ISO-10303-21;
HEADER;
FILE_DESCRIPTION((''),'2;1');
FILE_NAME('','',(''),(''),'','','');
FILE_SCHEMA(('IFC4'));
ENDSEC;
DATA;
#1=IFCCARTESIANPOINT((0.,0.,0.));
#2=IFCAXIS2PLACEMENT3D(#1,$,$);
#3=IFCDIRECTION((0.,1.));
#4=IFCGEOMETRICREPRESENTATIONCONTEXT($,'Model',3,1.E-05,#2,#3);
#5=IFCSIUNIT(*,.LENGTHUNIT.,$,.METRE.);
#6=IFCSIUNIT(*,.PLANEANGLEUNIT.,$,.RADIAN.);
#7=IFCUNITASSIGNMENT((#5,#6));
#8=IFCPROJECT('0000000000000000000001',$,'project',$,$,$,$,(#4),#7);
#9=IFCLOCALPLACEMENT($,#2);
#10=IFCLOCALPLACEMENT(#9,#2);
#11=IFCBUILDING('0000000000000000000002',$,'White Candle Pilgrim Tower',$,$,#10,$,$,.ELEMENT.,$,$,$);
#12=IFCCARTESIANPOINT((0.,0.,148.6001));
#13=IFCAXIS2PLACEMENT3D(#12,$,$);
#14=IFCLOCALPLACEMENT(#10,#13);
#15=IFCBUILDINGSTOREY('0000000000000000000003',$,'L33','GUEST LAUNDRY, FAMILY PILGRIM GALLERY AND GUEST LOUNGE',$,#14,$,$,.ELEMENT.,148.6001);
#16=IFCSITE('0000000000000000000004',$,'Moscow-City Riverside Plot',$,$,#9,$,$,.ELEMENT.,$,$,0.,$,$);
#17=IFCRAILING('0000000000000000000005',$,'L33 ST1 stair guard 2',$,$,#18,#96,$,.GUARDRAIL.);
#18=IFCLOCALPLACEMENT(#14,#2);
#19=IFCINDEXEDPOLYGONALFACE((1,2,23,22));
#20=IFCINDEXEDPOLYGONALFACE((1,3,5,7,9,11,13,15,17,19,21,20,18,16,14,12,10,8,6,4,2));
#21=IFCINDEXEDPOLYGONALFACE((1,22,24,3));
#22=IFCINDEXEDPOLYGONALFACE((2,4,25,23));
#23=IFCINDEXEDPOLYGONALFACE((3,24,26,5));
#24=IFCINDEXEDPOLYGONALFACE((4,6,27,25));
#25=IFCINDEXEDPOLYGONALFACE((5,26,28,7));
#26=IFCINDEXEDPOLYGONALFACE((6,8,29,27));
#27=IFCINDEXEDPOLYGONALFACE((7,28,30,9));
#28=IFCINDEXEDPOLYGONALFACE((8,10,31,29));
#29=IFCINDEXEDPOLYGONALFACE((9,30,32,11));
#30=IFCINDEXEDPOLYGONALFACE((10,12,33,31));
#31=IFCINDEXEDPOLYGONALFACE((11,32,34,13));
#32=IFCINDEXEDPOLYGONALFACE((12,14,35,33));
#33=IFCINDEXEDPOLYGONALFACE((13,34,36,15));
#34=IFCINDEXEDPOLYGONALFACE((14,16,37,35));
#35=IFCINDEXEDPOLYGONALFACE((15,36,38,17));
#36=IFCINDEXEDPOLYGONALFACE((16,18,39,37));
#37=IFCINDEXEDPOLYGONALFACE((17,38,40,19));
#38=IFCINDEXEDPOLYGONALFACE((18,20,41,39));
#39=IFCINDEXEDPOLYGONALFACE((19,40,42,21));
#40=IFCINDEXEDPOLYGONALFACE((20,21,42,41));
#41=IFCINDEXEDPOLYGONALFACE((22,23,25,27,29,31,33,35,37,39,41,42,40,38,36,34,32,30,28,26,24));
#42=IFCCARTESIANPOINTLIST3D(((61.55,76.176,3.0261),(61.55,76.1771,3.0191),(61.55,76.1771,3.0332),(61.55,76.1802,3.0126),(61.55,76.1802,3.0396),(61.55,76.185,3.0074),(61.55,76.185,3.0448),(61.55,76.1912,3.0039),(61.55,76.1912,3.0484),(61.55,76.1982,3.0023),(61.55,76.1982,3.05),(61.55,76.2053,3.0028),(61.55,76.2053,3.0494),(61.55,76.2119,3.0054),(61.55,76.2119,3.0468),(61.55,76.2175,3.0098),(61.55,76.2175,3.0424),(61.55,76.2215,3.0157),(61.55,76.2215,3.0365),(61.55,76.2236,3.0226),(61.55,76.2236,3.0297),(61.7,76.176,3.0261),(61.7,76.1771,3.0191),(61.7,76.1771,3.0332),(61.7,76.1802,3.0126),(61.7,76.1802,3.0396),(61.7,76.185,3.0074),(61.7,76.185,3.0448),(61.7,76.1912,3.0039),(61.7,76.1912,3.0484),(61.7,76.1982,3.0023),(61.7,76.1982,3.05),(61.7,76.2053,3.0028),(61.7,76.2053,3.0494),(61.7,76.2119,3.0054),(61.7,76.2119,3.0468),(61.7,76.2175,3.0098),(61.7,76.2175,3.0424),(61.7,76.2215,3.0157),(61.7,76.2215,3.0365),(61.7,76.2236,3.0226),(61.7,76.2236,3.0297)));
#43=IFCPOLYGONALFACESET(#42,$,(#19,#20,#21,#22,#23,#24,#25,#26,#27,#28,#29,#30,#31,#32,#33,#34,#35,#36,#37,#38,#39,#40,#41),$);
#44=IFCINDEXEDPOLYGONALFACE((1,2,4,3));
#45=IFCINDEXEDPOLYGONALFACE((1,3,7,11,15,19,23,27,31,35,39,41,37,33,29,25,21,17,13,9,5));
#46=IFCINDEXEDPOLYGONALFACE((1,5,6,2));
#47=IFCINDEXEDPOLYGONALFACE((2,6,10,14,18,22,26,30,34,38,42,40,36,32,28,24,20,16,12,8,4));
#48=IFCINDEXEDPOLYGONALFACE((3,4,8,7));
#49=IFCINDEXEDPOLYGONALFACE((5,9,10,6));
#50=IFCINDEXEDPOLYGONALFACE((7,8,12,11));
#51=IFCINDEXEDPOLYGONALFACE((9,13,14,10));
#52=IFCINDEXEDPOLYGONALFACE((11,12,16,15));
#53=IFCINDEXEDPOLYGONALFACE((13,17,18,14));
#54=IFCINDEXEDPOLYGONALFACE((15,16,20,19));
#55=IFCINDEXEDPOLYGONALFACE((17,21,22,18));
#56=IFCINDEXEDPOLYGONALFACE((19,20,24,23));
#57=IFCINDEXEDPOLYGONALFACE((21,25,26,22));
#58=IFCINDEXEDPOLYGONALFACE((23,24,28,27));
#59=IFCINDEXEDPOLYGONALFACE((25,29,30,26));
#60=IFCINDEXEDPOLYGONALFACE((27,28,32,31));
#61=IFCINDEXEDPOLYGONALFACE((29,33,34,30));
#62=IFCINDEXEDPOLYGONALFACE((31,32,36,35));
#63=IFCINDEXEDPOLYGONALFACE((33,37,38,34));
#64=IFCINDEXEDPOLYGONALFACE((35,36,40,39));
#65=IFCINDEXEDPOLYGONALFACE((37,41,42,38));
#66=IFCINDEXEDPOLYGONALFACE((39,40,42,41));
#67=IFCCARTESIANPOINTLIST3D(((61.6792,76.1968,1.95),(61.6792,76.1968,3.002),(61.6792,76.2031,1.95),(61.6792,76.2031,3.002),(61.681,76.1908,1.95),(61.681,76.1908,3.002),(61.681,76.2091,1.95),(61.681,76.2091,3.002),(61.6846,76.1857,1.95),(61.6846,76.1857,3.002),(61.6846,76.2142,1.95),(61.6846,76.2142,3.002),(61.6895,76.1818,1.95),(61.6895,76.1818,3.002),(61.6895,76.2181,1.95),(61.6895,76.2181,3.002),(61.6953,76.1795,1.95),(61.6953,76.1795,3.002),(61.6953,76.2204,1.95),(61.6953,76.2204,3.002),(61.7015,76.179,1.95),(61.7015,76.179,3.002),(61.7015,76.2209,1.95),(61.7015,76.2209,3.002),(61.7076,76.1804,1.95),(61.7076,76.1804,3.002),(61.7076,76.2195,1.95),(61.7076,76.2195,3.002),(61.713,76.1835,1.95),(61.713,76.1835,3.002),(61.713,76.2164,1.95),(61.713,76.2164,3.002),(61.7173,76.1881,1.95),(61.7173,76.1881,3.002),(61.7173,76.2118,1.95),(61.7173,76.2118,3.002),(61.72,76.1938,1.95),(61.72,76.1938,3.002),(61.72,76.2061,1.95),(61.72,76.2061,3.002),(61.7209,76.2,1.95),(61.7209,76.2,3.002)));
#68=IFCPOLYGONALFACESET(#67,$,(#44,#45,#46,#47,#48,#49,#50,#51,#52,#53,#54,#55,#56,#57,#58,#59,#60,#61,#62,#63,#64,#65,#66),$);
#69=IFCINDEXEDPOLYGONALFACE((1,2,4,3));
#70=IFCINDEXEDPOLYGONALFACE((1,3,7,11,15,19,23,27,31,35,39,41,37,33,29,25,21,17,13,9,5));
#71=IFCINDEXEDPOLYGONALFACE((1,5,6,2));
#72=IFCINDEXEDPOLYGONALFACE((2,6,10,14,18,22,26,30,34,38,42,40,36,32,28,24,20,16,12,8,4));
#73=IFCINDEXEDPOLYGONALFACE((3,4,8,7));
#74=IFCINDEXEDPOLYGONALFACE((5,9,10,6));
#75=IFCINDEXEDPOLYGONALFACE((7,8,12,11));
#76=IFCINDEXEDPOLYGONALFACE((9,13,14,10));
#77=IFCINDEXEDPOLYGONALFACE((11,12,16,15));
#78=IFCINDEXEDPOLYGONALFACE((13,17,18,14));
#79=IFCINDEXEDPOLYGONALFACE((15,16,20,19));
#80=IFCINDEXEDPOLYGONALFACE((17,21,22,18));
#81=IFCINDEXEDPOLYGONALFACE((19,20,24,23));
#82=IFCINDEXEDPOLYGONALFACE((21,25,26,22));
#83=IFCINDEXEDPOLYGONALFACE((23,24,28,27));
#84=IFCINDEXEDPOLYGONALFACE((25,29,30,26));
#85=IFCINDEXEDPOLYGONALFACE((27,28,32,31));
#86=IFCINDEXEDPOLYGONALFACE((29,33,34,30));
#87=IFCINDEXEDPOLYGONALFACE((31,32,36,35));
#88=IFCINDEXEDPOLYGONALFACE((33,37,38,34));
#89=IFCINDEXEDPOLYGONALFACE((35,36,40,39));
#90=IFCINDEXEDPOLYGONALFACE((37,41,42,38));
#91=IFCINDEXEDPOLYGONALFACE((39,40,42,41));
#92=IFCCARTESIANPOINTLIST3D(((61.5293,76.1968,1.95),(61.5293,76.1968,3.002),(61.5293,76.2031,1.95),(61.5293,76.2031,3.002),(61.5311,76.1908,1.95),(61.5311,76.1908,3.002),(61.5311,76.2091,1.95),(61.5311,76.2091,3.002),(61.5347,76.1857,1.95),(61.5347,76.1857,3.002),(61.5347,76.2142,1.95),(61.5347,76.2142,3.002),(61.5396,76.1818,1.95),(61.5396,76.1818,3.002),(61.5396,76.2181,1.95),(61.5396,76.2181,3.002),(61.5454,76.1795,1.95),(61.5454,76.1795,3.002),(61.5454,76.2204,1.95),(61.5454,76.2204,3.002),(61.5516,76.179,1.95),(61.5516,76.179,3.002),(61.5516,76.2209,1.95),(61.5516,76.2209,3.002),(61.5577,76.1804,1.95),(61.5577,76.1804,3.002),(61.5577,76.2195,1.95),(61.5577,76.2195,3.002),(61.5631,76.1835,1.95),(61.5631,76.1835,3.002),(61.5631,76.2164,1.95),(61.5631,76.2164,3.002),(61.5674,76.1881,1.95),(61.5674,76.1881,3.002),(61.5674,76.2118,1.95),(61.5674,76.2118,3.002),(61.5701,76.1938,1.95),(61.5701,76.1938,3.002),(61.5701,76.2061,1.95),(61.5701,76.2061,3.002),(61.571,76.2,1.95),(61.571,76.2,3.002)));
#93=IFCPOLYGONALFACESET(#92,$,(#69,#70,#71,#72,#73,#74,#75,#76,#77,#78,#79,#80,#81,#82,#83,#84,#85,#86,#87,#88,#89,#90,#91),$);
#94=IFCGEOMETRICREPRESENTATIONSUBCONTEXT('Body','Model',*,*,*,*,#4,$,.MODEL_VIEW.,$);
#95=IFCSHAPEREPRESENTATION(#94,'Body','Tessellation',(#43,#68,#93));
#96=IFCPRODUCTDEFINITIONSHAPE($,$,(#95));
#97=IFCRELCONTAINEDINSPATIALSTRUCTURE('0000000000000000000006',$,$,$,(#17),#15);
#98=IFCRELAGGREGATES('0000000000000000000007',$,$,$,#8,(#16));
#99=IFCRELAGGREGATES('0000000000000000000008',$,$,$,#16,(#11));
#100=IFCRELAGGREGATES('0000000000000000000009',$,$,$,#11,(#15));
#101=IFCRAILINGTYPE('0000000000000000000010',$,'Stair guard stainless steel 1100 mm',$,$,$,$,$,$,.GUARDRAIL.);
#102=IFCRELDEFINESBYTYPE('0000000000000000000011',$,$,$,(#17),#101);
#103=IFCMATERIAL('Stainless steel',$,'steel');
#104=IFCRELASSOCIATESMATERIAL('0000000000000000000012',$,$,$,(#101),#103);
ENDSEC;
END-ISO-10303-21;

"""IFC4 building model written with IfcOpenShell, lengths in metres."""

from ifc_helpers import new_model, si_unit, direction, frame, origin, origin_2d, place, context, subcontext, project, spatial, circle, extrude, material, type_object, element, save


model = new_model("IFC4")

# Units and contexts
model_context = context("Model", 3, precision=1e-05, world=origin(), true_north=direction((0.0, 1.0)))
body_context = subcontext(model_context, "Body", "Model", "MODEL_VIEW")
ifc_project = project(units=[si_unit("LENGTHUNIT", "METRE"), si_unit("PLANEANGLEUNIT", "RADIAN")], contexts=[model_context])

# Site, building, storey
site_placement = place(None, origin())
site = spatial("IfcSite", under=ifc_project, at=site_placement, Name="Moscow-City Riverside Plot", CompositionType="ELEMENT", RefElevation=0.0)
building_placement = place(site_placement, origin())
building = spatial("IfcBuilding", under=site, at=building_placement, Name="White Candle Pilgrim Tower", CompositionType="ELEMENT")
storey_placement = place(building_placement, frame((0.0, 0.0, 148.6001)))
storey = spatial("IfcBuildingStorey", under=building, at=storey_placement, Name="L33", Description="GUEST LAUNDRY, FAMILY PILGRIM GALLERY AND GUEST LOUNGE", CompositionType="ELEMENT", Elevation=148.6001)

# Shared definitions
ifc_material_1 = material(Name="Stainless steel", Category="steel")

# Railing
railing_type_1 = type_object("IfcRailingType", Name="Stair guard stainless steel 1100 mm", PredefinedType="GUARDRAIL", material=ifc_material_1)
railing_1_placement = place(storey_placement, frame((61.7, 76.2, 1.95)))
element("IfcRailing", 1, at=railing_1_placement, inside=storey, type_object=railing_type_1, Name="L33 ST1 stair guard 2", PredefinedType="GUARDRAIL", context=body_context, shape_type="SweptSolid", body=[
    extrude(circle(Radius=0.0239, at=origin_2d()), frame((0.0, 0.0, 1.0762), z_axis=(-1.0, 0.0, 0.0), x_axis=(0.0, -1.0, 0.0)), (0.0, 0.0, 1.0), 0.1499),
    extrude(circle(Radius=0.021, at=origin_2d()), origin(), (0.0, 0.0, 1.0), 1.052),
    extrude(circle(Radius=0.021, at=origin_2d()), frame((-0.1499, 0.0, 0.0)), (0.0, 0.0, 1.0), 1.052),
])

save(model, "model.ifc")
